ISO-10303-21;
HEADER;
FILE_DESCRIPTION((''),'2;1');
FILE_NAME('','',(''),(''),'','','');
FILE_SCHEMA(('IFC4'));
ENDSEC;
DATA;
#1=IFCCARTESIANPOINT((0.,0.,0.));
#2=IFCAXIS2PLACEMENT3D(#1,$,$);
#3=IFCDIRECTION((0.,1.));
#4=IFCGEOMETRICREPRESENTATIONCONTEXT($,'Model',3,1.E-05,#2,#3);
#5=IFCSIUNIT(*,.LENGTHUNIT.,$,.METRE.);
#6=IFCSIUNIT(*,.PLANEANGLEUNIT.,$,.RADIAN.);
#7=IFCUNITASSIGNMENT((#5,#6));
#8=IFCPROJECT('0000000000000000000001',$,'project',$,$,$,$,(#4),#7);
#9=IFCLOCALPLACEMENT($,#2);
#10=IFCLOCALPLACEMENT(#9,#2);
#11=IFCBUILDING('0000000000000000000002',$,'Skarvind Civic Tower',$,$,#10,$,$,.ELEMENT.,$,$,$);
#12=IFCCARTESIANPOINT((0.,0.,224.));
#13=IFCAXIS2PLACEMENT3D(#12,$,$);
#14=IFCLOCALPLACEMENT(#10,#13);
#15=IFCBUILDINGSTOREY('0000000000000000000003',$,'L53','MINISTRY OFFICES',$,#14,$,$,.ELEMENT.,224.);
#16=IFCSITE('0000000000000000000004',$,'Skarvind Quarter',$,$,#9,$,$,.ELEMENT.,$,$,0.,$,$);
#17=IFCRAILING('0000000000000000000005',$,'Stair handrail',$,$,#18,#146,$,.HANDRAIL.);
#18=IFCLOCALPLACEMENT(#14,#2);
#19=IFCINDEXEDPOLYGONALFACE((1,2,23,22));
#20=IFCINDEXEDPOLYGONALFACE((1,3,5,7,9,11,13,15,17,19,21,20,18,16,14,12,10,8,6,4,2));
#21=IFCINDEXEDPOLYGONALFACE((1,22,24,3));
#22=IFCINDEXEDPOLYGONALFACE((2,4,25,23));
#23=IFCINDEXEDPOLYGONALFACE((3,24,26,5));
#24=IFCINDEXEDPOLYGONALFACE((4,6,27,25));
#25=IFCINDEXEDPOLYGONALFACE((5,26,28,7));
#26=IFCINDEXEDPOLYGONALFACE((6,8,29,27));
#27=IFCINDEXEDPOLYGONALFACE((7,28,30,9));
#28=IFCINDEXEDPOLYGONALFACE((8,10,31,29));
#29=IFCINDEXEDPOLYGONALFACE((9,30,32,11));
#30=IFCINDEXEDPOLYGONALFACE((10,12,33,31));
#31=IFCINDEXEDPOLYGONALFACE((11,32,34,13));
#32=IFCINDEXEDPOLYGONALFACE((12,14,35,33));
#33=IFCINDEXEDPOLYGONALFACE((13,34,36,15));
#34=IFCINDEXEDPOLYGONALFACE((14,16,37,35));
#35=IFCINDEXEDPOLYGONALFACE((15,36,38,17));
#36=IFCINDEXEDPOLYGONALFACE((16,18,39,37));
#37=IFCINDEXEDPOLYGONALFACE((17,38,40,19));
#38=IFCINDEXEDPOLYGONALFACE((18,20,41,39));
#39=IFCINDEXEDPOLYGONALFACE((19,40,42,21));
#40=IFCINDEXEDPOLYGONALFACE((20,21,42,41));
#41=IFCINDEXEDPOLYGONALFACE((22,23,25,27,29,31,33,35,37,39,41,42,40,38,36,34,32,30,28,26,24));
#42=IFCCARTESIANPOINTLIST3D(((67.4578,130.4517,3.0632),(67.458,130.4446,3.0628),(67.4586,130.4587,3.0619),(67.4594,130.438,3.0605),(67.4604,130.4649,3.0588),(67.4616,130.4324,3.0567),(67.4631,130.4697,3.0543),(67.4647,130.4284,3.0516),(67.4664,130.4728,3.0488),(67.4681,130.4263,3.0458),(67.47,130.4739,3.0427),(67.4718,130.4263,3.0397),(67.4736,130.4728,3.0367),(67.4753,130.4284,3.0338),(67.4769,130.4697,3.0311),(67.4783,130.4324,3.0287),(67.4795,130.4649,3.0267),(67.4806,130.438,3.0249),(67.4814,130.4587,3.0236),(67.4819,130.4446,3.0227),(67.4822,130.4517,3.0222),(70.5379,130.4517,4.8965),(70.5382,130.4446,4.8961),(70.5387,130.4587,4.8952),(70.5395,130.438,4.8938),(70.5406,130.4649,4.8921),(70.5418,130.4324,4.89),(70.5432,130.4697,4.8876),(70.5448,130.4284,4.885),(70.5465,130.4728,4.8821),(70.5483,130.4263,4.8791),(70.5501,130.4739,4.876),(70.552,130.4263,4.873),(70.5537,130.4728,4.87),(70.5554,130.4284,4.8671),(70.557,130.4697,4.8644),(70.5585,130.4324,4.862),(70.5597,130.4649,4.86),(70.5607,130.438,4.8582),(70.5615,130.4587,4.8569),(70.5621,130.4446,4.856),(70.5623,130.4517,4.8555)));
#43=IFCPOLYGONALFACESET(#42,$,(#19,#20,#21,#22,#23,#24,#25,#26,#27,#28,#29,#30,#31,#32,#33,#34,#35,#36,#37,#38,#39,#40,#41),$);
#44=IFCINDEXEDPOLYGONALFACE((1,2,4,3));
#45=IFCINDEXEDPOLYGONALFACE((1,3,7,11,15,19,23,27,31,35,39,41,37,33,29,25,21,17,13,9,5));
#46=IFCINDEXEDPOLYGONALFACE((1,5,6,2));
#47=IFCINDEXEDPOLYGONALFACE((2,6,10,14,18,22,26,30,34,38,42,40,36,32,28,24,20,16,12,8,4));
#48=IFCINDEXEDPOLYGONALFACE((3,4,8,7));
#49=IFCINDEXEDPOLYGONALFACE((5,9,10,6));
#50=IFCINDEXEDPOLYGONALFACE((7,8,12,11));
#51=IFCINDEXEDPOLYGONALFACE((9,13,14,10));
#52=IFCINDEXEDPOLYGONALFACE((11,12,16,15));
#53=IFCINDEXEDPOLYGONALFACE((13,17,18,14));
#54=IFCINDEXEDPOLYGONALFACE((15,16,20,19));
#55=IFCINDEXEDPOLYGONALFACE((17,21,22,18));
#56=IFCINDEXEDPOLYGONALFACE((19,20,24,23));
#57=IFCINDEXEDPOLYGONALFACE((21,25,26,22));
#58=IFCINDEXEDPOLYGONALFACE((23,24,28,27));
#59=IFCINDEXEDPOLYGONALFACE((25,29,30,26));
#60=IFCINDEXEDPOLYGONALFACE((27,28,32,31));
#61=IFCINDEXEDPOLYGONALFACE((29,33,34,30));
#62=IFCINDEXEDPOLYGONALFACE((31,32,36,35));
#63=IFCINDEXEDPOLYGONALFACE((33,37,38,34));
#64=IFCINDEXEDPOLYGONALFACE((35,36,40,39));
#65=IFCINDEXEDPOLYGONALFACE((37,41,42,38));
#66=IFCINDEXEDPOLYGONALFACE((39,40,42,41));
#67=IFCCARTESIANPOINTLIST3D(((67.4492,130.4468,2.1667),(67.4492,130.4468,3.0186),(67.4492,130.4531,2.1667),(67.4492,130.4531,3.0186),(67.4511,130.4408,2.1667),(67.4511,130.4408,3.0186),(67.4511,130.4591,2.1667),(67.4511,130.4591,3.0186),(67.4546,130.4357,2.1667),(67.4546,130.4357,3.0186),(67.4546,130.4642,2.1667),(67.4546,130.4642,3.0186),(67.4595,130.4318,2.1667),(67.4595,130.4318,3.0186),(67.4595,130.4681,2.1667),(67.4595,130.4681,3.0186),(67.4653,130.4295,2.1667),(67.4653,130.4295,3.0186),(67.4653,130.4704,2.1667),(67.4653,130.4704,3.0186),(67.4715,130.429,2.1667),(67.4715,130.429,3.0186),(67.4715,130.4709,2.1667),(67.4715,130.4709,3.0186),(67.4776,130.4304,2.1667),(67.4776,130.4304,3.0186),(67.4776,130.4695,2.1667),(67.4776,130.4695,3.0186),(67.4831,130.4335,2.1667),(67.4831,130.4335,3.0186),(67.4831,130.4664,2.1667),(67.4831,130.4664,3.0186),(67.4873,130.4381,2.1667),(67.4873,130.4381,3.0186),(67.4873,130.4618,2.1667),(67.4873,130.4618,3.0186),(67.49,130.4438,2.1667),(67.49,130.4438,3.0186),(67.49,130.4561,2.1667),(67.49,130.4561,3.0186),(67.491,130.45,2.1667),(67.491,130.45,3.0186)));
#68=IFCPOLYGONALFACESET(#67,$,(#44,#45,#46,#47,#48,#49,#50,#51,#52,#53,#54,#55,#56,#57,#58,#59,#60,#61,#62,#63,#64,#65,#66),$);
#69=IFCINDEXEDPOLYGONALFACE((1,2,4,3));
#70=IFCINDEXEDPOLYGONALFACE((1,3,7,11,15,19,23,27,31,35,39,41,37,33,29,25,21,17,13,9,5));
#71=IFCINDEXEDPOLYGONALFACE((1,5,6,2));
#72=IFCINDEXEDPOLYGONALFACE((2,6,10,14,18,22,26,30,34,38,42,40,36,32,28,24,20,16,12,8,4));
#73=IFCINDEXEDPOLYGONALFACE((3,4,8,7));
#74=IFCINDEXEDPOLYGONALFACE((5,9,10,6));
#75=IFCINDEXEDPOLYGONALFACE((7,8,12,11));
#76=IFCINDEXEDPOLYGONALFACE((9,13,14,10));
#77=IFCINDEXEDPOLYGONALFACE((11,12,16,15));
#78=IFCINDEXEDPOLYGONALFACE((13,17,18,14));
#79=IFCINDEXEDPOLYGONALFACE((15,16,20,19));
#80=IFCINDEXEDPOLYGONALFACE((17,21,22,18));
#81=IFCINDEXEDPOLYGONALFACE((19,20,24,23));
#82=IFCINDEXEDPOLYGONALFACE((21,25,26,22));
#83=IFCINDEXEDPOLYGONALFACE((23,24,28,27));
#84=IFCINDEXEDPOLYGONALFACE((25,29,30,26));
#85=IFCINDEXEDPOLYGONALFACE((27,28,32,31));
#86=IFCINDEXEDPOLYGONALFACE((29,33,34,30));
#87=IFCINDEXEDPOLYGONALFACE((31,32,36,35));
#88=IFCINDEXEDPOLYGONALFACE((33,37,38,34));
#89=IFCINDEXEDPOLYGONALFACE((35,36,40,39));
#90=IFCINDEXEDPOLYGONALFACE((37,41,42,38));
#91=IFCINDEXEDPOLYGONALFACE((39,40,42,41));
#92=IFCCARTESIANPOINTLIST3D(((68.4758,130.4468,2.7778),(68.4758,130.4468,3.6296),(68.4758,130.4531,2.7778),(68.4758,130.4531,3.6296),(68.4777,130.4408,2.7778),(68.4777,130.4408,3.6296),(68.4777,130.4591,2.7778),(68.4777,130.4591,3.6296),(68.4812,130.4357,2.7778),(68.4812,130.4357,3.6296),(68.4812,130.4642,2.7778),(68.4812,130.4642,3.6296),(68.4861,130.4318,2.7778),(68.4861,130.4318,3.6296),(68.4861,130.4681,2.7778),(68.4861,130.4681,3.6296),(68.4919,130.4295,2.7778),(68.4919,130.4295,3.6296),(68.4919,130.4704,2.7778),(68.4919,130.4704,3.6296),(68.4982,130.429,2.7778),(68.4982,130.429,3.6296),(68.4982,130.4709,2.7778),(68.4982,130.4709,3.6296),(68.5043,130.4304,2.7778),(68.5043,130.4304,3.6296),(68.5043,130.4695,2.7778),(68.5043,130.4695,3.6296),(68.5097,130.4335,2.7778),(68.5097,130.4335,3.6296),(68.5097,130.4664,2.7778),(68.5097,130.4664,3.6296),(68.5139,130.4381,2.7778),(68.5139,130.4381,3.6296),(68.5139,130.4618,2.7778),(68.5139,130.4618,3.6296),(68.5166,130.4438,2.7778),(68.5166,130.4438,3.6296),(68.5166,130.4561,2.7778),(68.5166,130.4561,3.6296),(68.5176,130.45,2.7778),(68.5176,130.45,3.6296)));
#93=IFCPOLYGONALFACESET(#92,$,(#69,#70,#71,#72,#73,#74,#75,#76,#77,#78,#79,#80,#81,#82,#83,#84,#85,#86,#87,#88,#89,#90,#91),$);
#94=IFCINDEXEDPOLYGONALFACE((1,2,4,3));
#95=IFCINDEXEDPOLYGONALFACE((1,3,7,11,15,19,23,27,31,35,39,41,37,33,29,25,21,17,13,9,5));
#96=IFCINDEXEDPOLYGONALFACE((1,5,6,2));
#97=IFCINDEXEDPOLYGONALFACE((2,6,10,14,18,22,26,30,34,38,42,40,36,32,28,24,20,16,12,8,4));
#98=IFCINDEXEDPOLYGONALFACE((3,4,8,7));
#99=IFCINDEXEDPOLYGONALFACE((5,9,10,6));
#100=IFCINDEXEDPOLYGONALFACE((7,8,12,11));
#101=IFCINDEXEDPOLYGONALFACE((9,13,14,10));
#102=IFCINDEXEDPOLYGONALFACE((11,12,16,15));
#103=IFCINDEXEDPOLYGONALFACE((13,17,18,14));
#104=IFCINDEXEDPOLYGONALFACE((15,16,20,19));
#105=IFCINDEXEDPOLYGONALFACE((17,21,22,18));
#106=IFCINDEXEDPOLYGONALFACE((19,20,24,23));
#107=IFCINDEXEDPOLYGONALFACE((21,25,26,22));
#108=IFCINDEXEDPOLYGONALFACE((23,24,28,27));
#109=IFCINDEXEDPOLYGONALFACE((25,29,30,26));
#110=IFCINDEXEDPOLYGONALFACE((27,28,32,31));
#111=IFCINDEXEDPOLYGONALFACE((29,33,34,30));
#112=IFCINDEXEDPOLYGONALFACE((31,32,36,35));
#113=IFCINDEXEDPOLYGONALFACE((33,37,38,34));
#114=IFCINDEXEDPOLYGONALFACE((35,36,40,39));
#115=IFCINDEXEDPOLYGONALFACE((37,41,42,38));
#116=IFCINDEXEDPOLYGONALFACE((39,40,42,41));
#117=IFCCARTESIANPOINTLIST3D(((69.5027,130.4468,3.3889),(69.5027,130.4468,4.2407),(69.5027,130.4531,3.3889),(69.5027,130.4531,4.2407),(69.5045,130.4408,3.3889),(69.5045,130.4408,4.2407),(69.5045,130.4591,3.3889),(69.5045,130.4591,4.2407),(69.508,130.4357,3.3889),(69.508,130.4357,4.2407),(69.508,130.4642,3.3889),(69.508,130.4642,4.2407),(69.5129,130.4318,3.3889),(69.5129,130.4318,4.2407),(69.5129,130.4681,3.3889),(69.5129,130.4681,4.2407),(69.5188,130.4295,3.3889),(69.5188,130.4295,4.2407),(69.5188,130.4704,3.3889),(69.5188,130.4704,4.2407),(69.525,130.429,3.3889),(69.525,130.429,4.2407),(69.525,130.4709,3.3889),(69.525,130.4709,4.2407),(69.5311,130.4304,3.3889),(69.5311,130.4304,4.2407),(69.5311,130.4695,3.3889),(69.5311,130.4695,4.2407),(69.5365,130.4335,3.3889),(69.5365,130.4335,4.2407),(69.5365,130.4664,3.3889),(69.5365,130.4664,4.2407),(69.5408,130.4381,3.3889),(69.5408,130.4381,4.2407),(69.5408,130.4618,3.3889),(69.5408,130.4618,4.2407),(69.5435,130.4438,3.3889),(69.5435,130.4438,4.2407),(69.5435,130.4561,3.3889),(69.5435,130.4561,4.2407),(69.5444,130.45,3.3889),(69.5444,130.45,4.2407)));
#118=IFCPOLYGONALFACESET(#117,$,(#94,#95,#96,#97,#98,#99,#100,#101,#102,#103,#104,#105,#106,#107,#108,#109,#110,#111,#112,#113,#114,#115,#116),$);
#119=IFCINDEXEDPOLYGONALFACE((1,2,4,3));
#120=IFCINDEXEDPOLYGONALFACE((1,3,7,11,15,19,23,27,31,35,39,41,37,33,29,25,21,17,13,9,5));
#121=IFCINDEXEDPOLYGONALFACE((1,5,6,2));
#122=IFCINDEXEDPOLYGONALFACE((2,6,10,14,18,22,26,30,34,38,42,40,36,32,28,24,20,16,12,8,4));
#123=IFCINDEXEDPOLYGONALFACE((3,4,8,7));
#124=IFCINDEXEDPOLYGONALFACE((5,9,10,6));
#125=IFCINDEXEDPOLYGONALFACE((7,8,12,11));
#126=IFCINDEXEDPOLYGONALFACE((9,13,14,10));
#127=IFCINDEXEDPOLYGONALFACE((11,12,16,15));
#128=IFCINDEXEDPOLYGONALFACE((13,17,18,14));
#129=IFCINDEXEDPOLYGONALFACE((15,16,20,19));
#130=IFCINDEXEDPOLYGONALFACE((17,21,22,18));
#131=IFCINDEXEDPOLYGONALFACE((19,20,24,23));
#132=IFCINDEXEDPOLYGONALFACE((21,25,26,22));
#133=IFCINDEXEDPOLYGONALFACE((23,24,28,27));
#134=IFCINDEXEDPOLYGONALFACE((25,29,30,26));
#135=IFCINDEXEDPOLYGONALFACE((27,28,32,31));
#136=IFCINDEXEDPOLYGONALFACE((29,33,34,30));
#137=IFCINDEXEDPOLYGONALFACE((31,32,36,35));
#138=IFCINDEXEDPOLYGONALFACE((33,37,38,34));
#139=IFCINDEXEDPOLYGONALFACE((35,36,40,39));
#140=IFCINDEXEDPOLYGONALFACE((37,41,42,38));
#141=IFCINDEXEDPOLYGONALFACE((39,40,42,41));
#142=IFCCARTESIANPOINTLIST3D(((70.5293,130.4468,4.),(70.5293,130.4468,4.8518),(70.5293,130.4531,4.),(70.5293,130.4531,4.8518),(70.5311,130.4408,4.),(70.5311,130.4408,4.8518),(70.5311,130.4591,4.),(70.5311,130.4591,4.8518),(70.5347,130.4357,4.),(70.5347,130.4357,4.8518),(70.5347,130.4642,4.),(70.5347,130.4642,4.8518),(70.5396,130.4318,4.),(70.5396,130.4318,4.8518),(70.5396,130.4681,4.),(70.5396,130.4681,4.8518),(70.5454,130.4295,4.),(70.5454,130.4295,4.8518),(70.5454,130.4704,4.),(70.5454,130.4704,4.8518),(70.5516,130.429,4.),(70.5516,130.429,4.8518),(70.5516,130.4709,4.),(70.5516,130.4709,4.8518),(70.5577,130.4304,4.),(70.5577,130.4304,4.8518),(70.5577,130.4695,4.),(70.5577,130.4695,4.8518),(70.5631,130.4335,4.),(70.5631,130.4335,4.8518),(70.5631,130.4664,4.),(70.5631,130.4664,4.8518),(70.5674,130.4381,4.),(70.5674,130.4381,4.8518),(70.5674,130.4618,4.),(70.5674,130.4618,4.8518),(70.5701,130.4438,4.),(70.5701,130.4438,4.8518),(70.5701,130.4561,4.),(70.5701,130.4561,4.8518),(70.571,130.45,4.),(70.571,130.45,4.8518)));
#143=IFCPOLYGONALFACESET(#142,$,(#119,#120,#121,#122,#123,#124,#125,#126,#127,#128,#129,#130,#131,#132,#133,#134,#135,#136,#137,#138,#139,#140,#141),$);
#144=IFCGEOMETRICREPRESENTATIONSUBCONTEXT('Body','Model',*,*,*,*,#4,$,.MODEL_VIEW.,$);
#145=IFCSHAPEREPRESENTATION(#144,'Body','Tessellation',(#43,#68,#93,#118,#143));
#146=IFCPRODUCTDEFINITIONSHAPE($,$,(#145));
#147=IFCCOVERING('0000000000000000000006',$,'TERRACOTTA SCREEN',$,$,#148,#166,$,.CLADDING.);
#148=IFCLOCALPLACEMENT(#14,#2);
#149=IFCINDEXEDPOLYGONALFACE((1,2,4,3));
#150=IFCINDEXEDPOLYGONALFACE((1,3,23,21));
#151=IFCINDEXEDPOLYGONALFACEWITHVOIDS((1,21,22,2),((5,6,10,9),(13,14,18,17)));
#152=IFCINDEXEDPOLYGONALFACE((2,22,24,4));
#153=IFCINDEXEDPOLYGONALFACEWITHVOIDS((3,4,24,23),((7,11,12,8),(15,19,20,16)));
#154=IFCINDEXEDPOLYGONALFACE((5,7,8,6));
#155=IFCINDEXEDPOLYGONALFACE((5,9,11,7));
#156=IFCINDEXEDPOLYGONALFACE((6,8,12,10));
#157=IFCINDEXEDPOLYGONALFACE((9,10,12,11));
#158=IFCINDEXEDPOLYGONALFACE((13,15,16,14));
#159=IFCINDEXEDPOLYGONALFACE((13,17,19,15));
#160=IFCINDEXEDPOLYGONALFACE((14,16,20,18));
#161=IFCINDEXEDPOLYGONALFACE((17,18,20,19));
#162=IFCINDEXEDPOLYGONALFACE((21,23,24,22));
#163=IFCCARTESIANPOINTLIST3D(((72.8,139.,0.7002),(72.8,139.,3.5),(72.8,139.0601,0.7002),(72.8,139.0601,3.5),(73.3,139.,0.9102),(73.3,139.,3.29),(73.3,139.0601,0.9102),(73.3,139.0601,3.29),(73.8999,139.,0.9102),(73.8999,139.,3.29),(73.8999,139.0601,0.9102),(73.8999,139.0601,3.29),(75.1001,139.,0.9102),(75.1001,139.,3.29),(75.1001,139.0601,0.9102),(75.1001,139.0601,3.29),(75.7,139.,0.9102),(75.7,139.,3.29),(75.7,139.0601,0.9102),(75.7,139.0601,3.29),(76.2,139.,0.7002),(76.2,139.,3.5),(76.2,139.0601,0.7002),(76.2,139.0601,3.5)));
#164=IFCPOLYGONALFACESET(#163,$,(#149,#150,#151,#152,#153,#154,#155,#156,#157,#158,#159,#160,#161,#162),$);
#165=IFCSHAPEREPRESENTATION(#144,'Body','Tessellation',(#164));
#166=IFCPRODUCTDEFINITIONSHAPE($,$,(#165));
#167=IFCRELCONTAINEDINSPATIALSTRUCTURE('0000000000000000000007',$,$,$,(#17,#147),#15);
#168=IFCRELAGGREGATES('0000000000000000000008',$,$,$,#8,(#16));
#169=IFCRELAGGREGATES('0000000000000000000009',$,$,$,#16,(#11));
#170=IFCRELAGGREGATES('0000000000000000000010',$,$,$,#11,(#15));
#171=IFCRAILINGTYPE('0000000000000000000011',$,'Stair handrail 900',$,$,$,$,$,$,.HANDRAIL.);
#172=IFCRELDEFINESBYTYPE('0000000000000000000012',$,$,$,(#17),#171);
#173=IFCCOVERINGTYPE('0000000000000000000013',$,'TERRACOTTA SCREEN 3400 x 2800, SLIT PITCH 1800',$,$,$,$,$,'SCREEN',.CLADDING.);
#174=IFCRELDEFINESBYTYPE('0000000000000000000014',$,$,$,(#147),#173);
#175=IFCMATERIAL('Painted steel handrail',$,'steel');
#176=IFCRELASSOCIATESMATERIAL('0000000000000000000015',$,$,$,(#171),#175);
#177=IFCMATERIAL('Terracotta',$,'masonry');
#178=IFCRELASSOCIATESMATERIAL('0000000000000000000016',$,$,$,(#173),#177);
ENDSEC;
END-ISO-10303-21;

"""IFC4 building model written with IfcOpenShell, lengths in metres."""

from ifc_helpers import new_model, si_unit, direction, frame, origin, origin_2d, place, context, subcontext, project, spatial, polyline, circle, outline, extrude, material, material_profile, profile_set, type_object, element, save


model = new_model("IFC4")

# Units and contexts
model_context = context("Model", 3, precision=1e-05, world=origin(), true_north=direction((0.0, 1.0)))
body_context = subcontext(model_context, "Body", "Model", "MODEL_VIEW")
ifc_project = project(units=[si_unit("LENGTHUNIT", "METRE"), si_unit("PLANEANGLEUNIT", "RADIAN")], contexts=[model_context])

# Site, building, storey
site_placement = place(None, origin())
site = spatial("IfcSite", under=ifc_project, at=site_placement, Name="Skarvind Quarter", CompositionType="ELEMENT", RefElevation=0.0)
building_placement = place(site_placement, origin())
building = spatial("IfcBuilding", under=site, at=building_placement, Name="Skarvind Civic Tower", CompositionType="ELEMENT")
storey_placement = place(building_placement, frame((0.0, 0.0, 224.0)))
storey = spatial("IfcBuildingStorey", under=building, at=storey_placement, Name="L53", Description="MINISTRY OFFICES", CompositionType="ELEMENT", Elevation=224.0)

# Railing
ifc_material_1 = material(Name="Painted steel handrail", Category="steel")
railing_type = type_object("IfcRailingType", Name="Stair handrail 900", PredefinedType="HANDRAIL", material=ifc_material_1)
railing_1_placement = place(storey_placement, frame((67.47, 130.45, 2.1667)))
element("IfcRailing", 1, at=railing_1_placement, inside=storey, type_object=railing_type, Name="Stair handrail", PredefinedType="HANDRAIL", context=body_context, shape_type="SweptSolid", body=[
    extrude(circle(Radius=0.0239, at=origin_2d()), frame((0.0, 0.0, 0.876), z_axis=(0.859309, 0.0, 0.511458), x_axis=(0.0, 1.0, 0.0)), (0.0, 0.0, 1.0), 3.5845),
    extrude(circle(Radius=0.021, at=origin_2d()), origin(), (0.0, 0.0, 1.0), 0.8518),
    extrude(circle(Radius=0.021, at=origin_2d()), frame((1.0266, 0.0, 0.6111)), (0.0, 0.0, 1.0), 0.8518),
    extrude(circle(Radius=0.021, at=origin_2d()), frame((2.0535, 0.0, 1.2222)), (0.0, 0.0, 1.0), 0.8518),
    extrude(circle(Radius=0.021, at=origin_2d()), frame((3.0801, 0.0, 1.8333)), (0.0, 0.0, 1.0), 0.8518),
])

# Covering
ifc_material_2 = material(Name="Terracotta", Category="masonry")
ifc_material_profile_1 = material_profile(ifc_material_2, outline(polyline([(-1.7, -1.3999), (1.7, -1.3999), (1.7, 1.3999), (-1.7, 1.3999), (-1.7, -1.3999)]), holes=[polyline([(-1.2, -1.1899), (-0.6001, -1.1899), (-0.6001, 1.1899), (-1.2, 1.1899), (-1.2, -1.1899)]), polyline([(0.6001, -1.1899), (1.2, -1.1899), (1.2, 1.1899), (0.6001, 1.1899), (0.6001, -1.1899)])]), Name="TERRACOTTA SCREEN 3400 x 2800, SLIT PITCH 1800")
ifc_profile_set_1 = profile_set([ifc_material_profile_1], Name="Terracotta")
covering_type = type_object("IfcCoveringType", Name="TERRACOTTA SCREEN 3400 x 2800, SLIT PITCH 1800", ElementType="SCREEN", PredefinedType="CLADDING", material=ifc_profile_set_1)
covering_placement = place(storey_placement, frame((74.5, 139.0, 2.1001), z_axis=(0.0, 1.0, 0.0), x_axis=(-1.0, 0.0, 0.0)))
element("IfcCovering", 2, at=covering_placement, inside=storey, type_object=covering_type, Name="TERRACOTTA SCREEN", PredefinedType="CLADDING", context=body_context, shape_type="SweptSolid", body=[
    extrude(outline(polyline([(-1.7, -1.3999), (1.7, -1.3999), (1.7, 1.3999), (-1.7, 1.3999), (-1.7, -1.3999)]), holes=[polyline([(-1.2, -1.1899), (-0.6001, -1.1899), (-0.6001, 1.1899), (-1.2, 1.1899), (-1.2, -1.1899)]), polyline([(0.6001, -1.1899), (1.2, -1.1899), (1.2, 1.1899), (0.6001, 1.1899), (0.6001, -1.1899)])]), origin(), (0.0, 0.0, 1.0), 0.0601),
])

save(model, "model.ifc")
